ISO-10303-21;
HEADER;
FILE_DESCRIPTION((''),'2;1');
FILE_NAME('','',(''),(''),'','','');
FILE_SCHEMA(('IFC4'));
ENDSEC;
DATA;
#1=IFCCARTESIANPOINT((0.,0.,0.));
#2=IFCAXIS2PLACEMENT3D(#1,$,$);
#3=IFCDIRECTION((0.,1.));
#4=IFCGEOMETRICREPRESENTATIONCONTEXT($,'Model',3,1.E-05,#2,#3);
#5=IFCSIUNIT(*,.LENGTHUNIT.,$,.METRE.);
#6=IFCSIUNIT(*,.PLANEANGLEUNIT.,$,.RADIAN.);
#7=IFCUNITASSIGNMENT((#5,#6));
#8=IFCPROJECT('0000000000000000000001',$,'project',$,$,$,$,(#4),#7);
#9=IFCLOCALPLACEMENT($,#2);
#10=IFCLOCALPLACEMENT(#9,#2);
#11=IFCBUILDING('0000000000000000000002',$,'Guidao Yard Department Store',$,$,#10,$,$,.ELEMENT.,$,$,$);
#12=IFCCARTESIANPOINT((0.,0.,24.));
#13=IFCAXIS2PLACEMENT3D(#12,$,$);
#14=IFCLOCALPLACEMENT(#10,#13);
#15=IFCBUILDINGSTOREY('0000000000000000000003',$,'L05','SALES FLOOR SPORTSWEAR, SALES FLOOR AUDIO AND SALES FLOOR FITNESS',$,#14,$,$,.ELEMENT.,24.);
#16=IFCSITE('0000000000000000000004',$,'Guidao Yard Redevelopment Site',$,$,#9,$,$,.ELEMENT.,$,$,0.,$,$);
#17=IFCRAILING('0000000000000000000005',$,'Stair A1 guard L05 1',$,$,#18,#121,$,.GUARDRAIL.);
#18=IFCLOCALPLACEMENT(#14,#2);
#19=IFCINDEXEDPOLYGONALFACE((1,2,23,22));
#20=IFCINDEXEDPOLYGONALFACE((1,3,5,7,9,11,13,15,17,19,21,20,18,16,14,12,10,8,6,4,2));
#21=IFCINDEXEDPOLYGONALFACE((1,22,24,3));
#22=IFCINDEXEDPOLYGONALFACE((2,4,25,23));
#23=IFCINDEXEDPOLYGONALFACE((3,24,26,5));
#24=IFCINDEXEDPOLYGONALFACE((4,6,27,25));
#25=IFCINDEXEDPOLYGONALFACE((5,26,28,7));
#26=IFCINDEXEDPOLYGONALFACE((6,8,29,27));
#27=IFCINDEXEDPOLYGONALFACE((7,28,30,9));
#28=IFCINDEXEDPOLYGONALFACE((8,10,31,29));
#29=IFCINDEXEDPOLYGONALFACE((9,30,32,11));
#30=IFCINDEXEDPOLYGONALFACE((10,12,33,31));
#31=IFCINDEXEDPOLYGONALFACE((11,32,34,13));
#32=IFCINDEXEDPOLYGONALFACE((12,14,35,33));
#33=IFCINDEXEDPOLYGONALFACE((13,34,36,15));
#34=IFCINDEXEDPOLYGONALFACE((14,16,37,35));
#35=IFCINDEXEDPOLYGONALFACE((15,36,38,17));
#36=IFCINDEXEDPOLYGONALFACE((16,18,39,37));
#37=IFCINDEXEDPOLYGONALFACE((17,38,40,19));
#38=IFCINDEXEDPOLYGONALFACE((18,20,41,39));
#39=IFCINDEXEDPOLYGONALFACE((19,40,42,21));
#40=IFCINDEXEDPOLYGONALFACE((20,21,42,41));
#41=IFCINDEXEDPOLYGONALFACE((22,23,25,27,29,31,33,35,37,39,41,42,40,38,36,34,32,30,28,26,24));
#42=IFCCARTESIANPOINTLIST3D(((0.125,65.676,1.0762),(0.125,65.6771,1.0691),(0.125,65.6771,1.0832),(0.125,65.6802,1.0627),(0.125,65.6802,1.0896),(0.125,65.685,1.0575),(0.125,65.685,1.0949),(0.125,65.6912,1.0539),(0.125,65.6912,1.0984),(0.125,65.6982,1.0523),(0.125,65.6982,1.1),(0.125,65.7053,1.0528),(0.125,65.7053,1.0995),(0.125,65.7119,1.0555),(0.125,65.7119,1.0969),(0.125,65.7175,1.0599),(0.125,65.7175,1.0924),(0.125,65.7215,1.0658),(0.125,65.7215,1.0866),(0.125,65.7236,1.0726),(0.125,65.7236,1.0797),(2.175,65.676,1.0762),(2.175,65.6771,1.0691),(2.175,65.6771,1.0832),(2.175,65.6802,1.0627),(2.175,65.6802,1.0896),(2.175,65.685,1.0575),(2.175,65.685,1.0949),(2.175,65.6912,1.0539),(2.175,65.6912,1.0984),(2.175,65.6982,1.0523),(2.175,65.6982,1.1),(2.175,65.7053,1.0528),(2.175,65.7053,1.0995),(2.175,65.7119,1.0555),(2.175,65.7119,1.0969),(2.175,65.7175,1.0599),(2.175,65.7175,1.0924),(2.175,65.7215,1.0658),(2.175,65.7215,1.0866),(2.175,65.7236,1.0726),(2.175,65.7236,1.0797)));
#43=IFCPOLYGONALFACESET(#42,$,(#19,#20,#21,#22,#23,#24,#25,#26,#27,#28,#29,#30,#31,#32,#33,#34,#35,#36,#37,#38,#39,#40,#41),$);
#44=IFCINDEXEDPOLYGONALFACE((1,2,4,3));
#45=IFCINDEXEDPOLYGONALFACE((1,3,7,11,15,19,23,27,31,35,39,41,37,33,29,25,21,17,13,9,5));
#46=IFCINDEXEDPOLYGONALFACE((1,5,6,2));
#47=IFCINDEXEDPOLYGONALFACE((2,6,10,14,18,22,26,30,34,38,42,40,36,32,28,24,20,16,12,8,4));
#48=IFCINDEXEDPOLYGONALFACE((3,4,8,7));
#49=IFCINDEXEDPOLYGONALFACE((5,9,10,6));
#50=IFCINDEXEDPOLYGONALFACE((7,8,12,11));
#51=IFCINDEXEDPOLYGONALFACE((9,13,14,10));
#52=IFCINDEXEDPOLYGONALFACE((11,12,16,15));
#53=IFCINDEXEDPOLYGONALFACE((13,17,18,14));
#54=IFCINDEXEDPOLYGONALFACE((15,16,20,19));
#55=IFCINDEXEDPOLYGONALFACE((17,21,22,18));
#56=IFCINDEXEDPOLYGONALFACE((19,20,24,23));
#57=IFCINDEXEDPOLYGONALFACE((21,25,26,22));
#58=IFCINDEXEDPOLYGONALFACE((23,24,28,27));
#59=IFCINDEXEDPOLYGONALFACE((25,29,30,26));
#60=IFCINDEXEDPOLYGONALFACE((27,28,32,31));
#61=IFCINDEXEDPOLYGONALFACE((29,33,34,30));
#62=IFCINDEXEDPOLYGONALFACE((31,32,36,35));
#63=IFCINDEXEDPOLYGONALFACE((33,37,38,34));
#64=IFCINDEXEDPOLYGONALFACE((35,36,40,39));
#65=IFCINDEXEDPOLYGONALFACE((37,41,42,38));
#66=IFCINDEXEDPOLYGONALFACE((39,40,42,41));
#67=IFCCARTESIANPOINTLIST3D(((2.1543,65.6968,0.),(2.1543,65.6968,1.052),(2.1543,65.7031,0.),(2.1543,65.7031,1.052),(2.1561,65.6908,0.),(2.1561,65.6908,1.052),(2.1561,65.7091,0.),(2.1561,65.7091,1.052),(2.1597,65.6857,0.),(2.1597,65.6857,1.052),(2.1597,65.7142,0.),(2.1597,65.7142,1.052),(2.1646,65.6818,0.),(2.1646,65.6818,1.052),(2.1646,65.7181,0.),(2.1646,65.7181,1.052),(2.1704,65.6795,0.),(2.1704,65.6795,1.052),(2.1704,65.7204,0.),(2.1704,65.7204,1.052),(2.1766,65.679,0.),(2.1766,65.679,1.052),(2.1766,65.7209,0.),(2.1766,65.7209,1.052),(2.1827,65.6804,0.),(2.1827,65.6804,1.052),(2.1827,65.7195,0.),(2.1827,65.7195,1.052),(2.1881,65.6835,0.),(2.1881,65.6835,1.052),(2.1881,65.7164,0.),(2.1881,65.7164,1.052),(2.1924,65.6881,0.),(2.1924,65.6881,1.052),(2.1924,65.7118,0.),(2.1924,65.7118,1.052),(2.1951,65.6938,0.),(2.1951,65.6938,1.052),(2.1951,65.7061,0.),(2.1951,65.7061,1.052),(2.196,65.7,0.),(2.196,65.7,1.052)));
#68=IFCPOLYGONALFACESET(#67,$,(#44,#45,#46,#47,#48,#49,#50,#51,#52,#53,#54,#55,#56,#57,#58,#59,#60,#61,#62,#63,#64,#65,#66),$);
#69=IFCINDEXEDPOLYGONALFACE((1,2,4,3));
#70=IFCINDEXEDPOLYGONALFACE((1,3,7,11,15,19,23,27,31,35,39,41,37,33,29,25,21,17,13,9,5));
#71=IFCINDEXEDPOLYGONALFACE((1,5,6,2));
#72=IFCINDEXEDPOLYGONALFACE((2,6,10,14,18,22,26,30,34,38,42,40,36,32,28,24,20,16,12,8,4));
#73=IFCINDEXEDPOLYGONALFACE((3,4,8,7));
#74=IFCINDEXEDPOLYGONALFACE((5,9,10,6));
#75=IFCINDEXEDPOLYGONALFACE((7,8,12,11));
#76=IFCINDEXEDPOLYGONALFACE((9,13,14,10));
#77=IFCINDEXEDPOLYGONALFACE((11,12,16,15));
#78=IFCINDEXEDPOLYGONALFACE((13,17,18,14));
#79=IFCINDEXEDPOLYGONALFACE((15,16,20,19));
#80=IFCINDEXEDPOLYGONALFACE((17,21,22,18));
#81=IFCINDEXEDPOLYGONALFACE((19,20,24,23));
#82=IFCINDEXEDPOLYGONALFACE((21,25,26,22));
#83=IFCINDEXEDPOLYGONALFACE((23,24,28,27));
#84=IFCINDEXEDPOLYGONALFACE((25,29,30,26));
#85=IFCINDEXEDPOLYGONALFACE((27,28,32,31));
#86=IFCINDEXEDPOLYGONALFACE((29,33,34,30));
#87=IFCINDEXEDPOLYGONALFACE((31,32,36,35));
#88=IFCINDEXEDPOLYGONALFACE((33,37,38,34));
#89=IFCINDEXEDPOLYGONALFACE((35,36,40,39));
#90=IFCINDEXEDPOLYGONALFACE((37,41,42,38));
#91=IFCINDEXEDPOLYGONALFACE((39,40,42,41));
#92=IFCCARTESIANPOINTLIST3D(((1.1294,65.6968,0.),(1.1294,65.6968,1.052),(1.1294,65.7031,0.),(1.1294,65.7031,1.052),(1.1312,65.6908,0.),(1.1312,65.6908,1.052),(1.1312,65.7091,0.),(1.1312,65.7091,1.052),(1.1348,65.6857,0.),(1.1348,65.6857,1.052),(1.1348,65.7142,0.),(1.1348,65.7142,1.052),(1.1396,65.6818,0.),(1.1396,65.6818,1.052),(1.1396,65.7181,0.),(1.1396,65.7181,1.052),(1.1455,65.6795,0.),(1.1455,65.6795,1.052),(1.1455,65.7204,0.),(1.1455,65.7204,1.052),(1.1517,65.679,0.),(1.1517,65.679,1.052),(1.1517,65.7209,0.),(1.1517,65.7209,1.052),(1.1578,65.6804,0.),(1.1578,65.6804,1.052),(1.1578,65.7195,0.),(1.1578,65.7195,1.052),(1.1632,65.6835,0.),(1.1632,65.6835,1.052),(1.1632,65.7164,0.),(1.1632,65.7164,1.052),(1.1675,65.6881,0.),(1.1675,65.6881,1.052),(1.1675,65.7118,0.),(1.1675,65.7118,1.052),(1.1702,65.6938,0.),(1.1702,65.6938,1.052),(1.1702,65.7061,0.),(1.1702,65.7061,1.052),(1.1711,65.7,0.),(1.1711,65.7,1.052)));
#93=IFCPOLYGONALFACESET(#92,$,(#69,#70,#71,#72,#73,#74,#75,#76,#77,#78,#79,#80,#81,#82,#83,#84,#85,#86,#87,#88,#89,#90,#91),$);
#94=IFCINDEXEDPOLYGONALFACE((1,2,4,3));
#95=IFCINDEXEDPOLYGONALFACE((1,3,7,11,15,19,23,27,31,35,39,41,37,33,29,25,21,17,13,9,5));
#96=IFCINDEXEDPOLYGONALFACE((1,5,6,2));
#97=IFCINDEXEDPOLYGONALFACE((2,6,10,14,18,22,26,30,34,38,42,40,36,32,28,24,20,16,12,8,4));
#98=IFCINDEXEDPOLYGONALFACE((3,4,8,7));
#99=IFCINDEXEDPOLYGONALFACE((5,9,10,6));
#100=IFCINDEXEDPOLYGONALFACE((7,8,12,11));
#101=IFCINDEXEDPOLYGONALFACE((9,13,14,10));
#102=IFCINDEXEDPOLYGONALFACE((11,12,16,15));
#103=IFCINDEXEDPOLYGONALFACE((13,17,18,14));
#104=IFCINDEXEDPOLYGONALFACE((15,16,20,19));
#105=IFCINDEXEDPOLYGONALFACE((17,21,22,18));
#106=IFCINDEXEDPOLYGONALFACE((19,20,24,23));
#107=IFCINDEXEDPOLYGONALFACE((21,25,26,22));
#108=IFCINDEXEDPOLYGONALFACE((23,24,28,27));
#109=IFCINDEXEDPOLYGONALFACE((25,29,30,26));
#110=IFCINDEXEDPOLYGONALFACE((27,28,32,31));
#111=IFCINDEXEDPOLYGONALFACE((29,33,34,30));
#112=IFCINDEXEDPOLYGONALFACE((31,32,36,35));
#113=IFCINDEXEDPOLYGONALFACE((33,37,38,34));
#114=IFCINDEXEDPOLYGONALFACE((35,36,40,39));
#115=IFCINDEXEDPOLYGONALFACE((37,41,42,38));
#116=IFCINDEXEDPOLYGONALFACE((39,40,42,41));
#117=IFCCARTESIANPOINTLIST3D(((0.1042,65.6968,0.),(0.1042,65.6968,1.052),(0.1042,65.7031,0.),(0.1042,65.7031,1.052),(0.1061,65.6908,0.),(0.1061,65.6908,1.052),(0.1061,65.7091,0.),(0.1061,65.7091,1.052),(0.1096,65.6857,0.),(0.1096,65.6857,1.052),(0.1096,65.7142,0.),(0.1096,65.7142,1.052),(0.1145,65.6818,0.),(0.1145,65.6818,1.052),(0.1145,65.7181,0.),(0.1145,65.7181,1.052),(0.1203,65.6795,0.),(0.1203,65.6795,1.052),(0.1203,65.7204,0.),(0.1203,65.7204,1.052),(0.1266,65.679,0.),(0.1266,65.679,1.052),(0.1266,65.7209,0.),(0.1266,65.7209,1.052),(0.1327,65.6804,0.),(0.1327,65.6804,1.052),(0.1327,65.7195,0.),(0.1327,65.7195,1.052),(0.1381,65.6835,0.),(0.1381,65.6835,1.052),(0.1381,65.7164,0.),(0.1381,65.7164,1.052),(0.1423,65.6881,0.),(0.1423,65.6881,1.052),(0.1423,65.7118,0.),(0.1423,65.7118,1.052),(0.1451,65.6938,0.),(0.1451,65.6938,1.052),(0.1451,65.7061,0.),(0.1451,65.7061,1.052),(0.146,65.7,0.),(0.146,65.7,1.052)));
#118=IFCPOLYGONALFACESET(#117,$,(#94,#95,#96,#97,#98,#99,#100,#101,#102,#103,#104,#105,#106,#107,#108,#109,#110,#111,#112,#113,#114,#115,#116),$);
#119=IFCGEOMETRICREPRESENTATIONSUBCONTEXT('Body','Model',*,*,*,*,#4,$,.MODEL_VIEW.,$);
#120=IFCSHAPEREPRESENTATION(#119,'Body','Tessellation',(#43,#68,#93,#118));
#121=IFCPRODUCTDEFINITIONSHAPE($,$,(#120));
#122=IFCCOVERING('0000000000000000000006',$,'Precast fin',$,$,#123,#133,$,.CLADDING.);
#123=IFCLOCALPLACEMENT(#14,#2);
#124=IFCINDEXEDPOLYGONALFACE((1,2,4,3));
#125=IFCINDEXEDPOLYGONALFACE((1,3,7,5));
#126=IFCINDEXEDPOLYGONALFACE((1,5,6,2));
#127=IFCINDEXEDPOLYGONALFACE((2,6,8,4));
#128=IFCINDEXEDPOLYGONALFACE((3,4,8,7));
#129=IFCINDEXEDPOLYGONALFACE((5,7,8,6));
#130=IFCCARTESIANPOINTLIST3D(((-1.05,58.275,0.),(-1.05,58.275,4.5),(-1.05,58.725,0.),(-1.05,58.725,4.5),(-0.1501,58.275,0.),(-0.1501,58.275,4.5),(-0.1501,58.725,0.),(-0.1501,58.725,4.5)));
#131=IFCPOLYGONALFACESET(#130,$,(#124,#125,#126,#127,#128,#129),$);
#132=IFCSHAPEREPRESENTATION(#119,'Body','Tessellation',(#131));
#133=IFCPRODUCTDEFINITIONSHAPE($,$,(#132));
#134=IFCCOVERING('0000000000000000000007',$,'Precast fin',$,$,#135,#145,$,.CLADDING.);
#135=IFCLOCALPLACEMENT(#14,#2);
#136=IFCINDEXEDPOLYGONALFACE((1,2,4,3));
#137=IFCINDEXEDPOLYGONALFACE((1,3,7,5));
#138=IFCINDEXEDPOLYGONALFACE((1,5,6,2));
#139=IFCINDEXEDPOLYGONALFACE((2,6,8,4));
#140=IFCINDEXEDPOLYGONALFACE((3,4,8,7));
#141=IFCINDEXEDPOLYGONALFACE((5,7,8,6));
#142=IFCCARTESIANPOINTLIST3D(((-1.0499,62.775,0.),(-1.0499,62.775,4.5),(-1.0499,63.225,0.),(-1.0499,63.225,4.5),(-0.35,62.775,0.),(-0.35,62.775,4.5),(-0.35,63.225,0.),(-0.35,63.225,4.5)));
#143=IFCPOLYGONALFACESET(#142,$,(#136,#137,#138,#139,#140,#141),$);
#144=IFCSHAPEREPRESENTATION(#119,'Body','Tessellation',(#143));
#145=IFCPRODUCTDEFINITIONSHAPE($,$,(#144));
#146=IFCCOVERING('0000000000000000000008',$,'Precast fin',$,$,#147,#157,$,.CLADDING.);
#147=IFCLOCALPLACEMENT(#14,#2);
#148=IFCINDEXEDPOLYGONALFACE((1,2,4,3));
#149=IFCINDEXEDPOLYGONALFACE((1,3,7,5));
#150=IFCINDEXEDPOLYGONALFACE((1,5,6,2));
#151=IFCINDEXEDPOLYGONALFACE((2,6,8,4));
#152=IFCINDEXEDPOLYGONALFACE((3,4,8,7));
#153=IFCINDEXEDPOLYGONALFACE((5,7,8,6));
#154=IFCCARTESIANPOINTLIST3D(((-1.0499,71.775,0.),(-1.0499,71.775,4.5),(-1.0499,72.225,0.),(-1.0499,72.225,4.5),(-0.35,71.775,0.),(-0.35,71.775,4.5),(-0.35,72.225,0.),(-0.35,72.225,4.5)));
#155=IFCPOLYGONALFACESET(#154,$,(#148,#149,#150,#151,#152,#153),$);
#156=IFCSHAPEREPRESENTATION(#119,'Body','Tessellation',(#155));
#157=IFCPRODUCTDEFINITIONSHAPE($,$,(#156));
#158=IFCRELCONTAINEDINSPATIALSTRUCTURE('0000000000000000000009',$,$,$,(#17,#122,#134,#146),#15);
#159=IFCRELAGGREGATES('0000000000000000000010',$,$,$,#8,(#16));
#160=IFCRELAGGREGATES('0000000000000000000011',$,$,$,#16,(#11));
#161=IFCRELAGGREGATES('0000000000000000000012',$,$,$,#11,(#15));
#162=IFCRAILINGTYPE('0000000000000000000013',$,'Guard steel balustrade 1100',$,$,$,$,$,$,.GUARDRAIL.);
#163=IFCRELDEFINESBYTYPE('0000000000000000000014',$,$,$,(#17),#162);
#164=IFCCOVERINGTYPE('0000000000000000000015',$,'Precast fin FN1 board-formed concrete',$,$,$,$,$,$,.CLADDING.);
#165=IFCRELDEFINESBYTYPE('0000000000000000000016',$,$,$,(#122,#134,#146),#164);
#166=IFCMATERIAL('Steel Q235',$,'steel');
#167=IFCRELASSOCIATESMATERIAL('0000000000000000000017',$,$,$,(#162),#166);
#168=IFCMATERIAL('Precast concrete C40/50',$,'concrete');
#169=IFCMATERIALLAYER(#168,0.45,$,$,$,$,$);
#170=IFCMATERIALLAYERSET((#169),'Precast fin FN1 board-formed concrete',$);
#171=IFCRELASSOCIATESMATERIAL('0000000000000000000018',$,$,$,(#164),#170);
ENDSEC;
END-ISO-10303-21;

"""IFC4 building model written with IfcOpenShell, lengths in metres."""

from ifc_helpers import new_model, si_unit, direction, frame, origin, origin_2d, place, context, subcontext, project, spatial, rectangle, circle, extrude, material, layer, layer_set, type_object, element, save


model = new_model("IFC4")

# Units and contexts
model_context = context("Model", 3, precision=1e-05, world=origin(), true_north=direction((0.0, 1.0)))
body_context = subcontext(model_context, "Body", "Model", "MODEL_VIEW")
ifc_project = project(units=[si_unit("LENGTHUNIT", "METRE"), si_unit("PLANEANGLEUNIT", "RADIAN")], contexts=[model_context])

# Site, building, storey
site_placement = place(None, origin())
site = spatial("IfcSite", under=ifc_project, at=site_placement, Name="Guidao Yard Redevelopment Site", CompositionType="ELEMENT", RefElevation=0.0)
building_placement = place(site_placement, origin())
building = spatial("IfcBuilding", under=site, at=building_placement, Name="Guidao Yard Department Store", CompositionType="ELEMENT")
storey_placement = place(building_placement, frame((0.0, 0.0, 24.0)))
storey = spatial("IfcBuildingStorey", under=building, at=storey_placement, Name="L05", Description="SALES FLOOR SPORTSWEAR, SALES FLOOR AUDIO AND SALES FLOOR FITNESS", CompositionType="ELEMENT", Elevation=24.0)

# Railing
ifc_material_1 = material(Name="Steel Q235", Category="steel")
railing_type = type_object("IfcRailingType", Name="Guard steel balustrade 1100", PredefinedType="GUARDRAIL", material=ifc_material_1)
railing_placement = place(storey_placement, frame((2.175, 65.7, 0.0)))
element("IfcRailing", 1, at=railing_placement, inside=storey, type_object=railing_type, Name="Stair A1 guard L05 1", PredefinedType="GUARDRAIL", context=body_context, shape_type="SweptSolid", body=[
    extrude(circle(Radius=0.0239, at=origin_2d()), frame((0.0, 0.0, 1.0762), z_axis=(-1.0, 0.0, 0.0), x_axis=(0.0, -1.0, 0.0)), (0.0, 0.0, 1.0), 2.05),
    extrude(circle(Radius=0.021, at=origin_2d()), origin(), (0.0, 0.0, 1.0), 1.052),
    extrude(circle(Radius=0.021, at=origin_2d()), frame((-1.0249, 0.0, 0.0)), (0.0, 0.0, 1.0), 1.052),
    extrude(circle(Radius=0.021, at=origin_2d()), frame((-2.05, 0.0, 0.0)), (0.0, 0.0, 1.0), 1.052),
])

# Coverings
ifc_material_2 = material(Name="Precast concrete C40/50", Category="concrete")
ifc_layer_1 = layer(ifc_material_2, 0.45)
ifc_layer_set_1 = layer_set([ifc_layer_1], Name="Precast fin FN1 board-formed concrete")
covering_type = type_object("IfcCoveringType", Name="Precast fin FN1 board-formed concrete", PredefinedType="CLADDING", material=ifc_layer_set_1)
covering_placement = place(storey_placement, frame((-0.6001, 58.5, 0.0), z_axis=(0.0, 0.0, 1.0), x_axis=(0.0, 1.0, 0.0)))
element("IfcCovering", 2, at=covering_placement, inside=storey, type_object=covering_type, Name="Precast fin", PredefinedType="CLADDING", context=body_context, shape_type="SweptSolid", body=[
    extrude(rectangle(XDim=0.45, YDim=0.8999, at=origin_2d()), origin(), (0.0, 0.0, 1.0), 4.5),
])
for number, where, z_axis, x_axis, name in (
    (3, (-0.7, 63.0, 0.0), (0.0, 0.0, 1.0), (0.0, 1.0, 0.0), "Precast fin"),
    (4, (-0.7, 72.0, 0.0), (0.0, 0.0, 1.0), (0.0, 1.0, 0.0), "Precast fin"),
):
    element("IfcCovering", number, at=place(storey_placement, frame(where, z_axis=z_axis, x_axis=x_axis)), inside=storey, type_object=covering_type, Name=name, PredefinedType="CLADDING", context=body_context, shape_type="SweptSolid", body=[
        extrude(rectangle(XDim=0.45, YDim=0.7, at=origin_2d()), origin(), (0.0, 0.0, 1.0), 4.5),
    ])

save(model, "model.ifc")
